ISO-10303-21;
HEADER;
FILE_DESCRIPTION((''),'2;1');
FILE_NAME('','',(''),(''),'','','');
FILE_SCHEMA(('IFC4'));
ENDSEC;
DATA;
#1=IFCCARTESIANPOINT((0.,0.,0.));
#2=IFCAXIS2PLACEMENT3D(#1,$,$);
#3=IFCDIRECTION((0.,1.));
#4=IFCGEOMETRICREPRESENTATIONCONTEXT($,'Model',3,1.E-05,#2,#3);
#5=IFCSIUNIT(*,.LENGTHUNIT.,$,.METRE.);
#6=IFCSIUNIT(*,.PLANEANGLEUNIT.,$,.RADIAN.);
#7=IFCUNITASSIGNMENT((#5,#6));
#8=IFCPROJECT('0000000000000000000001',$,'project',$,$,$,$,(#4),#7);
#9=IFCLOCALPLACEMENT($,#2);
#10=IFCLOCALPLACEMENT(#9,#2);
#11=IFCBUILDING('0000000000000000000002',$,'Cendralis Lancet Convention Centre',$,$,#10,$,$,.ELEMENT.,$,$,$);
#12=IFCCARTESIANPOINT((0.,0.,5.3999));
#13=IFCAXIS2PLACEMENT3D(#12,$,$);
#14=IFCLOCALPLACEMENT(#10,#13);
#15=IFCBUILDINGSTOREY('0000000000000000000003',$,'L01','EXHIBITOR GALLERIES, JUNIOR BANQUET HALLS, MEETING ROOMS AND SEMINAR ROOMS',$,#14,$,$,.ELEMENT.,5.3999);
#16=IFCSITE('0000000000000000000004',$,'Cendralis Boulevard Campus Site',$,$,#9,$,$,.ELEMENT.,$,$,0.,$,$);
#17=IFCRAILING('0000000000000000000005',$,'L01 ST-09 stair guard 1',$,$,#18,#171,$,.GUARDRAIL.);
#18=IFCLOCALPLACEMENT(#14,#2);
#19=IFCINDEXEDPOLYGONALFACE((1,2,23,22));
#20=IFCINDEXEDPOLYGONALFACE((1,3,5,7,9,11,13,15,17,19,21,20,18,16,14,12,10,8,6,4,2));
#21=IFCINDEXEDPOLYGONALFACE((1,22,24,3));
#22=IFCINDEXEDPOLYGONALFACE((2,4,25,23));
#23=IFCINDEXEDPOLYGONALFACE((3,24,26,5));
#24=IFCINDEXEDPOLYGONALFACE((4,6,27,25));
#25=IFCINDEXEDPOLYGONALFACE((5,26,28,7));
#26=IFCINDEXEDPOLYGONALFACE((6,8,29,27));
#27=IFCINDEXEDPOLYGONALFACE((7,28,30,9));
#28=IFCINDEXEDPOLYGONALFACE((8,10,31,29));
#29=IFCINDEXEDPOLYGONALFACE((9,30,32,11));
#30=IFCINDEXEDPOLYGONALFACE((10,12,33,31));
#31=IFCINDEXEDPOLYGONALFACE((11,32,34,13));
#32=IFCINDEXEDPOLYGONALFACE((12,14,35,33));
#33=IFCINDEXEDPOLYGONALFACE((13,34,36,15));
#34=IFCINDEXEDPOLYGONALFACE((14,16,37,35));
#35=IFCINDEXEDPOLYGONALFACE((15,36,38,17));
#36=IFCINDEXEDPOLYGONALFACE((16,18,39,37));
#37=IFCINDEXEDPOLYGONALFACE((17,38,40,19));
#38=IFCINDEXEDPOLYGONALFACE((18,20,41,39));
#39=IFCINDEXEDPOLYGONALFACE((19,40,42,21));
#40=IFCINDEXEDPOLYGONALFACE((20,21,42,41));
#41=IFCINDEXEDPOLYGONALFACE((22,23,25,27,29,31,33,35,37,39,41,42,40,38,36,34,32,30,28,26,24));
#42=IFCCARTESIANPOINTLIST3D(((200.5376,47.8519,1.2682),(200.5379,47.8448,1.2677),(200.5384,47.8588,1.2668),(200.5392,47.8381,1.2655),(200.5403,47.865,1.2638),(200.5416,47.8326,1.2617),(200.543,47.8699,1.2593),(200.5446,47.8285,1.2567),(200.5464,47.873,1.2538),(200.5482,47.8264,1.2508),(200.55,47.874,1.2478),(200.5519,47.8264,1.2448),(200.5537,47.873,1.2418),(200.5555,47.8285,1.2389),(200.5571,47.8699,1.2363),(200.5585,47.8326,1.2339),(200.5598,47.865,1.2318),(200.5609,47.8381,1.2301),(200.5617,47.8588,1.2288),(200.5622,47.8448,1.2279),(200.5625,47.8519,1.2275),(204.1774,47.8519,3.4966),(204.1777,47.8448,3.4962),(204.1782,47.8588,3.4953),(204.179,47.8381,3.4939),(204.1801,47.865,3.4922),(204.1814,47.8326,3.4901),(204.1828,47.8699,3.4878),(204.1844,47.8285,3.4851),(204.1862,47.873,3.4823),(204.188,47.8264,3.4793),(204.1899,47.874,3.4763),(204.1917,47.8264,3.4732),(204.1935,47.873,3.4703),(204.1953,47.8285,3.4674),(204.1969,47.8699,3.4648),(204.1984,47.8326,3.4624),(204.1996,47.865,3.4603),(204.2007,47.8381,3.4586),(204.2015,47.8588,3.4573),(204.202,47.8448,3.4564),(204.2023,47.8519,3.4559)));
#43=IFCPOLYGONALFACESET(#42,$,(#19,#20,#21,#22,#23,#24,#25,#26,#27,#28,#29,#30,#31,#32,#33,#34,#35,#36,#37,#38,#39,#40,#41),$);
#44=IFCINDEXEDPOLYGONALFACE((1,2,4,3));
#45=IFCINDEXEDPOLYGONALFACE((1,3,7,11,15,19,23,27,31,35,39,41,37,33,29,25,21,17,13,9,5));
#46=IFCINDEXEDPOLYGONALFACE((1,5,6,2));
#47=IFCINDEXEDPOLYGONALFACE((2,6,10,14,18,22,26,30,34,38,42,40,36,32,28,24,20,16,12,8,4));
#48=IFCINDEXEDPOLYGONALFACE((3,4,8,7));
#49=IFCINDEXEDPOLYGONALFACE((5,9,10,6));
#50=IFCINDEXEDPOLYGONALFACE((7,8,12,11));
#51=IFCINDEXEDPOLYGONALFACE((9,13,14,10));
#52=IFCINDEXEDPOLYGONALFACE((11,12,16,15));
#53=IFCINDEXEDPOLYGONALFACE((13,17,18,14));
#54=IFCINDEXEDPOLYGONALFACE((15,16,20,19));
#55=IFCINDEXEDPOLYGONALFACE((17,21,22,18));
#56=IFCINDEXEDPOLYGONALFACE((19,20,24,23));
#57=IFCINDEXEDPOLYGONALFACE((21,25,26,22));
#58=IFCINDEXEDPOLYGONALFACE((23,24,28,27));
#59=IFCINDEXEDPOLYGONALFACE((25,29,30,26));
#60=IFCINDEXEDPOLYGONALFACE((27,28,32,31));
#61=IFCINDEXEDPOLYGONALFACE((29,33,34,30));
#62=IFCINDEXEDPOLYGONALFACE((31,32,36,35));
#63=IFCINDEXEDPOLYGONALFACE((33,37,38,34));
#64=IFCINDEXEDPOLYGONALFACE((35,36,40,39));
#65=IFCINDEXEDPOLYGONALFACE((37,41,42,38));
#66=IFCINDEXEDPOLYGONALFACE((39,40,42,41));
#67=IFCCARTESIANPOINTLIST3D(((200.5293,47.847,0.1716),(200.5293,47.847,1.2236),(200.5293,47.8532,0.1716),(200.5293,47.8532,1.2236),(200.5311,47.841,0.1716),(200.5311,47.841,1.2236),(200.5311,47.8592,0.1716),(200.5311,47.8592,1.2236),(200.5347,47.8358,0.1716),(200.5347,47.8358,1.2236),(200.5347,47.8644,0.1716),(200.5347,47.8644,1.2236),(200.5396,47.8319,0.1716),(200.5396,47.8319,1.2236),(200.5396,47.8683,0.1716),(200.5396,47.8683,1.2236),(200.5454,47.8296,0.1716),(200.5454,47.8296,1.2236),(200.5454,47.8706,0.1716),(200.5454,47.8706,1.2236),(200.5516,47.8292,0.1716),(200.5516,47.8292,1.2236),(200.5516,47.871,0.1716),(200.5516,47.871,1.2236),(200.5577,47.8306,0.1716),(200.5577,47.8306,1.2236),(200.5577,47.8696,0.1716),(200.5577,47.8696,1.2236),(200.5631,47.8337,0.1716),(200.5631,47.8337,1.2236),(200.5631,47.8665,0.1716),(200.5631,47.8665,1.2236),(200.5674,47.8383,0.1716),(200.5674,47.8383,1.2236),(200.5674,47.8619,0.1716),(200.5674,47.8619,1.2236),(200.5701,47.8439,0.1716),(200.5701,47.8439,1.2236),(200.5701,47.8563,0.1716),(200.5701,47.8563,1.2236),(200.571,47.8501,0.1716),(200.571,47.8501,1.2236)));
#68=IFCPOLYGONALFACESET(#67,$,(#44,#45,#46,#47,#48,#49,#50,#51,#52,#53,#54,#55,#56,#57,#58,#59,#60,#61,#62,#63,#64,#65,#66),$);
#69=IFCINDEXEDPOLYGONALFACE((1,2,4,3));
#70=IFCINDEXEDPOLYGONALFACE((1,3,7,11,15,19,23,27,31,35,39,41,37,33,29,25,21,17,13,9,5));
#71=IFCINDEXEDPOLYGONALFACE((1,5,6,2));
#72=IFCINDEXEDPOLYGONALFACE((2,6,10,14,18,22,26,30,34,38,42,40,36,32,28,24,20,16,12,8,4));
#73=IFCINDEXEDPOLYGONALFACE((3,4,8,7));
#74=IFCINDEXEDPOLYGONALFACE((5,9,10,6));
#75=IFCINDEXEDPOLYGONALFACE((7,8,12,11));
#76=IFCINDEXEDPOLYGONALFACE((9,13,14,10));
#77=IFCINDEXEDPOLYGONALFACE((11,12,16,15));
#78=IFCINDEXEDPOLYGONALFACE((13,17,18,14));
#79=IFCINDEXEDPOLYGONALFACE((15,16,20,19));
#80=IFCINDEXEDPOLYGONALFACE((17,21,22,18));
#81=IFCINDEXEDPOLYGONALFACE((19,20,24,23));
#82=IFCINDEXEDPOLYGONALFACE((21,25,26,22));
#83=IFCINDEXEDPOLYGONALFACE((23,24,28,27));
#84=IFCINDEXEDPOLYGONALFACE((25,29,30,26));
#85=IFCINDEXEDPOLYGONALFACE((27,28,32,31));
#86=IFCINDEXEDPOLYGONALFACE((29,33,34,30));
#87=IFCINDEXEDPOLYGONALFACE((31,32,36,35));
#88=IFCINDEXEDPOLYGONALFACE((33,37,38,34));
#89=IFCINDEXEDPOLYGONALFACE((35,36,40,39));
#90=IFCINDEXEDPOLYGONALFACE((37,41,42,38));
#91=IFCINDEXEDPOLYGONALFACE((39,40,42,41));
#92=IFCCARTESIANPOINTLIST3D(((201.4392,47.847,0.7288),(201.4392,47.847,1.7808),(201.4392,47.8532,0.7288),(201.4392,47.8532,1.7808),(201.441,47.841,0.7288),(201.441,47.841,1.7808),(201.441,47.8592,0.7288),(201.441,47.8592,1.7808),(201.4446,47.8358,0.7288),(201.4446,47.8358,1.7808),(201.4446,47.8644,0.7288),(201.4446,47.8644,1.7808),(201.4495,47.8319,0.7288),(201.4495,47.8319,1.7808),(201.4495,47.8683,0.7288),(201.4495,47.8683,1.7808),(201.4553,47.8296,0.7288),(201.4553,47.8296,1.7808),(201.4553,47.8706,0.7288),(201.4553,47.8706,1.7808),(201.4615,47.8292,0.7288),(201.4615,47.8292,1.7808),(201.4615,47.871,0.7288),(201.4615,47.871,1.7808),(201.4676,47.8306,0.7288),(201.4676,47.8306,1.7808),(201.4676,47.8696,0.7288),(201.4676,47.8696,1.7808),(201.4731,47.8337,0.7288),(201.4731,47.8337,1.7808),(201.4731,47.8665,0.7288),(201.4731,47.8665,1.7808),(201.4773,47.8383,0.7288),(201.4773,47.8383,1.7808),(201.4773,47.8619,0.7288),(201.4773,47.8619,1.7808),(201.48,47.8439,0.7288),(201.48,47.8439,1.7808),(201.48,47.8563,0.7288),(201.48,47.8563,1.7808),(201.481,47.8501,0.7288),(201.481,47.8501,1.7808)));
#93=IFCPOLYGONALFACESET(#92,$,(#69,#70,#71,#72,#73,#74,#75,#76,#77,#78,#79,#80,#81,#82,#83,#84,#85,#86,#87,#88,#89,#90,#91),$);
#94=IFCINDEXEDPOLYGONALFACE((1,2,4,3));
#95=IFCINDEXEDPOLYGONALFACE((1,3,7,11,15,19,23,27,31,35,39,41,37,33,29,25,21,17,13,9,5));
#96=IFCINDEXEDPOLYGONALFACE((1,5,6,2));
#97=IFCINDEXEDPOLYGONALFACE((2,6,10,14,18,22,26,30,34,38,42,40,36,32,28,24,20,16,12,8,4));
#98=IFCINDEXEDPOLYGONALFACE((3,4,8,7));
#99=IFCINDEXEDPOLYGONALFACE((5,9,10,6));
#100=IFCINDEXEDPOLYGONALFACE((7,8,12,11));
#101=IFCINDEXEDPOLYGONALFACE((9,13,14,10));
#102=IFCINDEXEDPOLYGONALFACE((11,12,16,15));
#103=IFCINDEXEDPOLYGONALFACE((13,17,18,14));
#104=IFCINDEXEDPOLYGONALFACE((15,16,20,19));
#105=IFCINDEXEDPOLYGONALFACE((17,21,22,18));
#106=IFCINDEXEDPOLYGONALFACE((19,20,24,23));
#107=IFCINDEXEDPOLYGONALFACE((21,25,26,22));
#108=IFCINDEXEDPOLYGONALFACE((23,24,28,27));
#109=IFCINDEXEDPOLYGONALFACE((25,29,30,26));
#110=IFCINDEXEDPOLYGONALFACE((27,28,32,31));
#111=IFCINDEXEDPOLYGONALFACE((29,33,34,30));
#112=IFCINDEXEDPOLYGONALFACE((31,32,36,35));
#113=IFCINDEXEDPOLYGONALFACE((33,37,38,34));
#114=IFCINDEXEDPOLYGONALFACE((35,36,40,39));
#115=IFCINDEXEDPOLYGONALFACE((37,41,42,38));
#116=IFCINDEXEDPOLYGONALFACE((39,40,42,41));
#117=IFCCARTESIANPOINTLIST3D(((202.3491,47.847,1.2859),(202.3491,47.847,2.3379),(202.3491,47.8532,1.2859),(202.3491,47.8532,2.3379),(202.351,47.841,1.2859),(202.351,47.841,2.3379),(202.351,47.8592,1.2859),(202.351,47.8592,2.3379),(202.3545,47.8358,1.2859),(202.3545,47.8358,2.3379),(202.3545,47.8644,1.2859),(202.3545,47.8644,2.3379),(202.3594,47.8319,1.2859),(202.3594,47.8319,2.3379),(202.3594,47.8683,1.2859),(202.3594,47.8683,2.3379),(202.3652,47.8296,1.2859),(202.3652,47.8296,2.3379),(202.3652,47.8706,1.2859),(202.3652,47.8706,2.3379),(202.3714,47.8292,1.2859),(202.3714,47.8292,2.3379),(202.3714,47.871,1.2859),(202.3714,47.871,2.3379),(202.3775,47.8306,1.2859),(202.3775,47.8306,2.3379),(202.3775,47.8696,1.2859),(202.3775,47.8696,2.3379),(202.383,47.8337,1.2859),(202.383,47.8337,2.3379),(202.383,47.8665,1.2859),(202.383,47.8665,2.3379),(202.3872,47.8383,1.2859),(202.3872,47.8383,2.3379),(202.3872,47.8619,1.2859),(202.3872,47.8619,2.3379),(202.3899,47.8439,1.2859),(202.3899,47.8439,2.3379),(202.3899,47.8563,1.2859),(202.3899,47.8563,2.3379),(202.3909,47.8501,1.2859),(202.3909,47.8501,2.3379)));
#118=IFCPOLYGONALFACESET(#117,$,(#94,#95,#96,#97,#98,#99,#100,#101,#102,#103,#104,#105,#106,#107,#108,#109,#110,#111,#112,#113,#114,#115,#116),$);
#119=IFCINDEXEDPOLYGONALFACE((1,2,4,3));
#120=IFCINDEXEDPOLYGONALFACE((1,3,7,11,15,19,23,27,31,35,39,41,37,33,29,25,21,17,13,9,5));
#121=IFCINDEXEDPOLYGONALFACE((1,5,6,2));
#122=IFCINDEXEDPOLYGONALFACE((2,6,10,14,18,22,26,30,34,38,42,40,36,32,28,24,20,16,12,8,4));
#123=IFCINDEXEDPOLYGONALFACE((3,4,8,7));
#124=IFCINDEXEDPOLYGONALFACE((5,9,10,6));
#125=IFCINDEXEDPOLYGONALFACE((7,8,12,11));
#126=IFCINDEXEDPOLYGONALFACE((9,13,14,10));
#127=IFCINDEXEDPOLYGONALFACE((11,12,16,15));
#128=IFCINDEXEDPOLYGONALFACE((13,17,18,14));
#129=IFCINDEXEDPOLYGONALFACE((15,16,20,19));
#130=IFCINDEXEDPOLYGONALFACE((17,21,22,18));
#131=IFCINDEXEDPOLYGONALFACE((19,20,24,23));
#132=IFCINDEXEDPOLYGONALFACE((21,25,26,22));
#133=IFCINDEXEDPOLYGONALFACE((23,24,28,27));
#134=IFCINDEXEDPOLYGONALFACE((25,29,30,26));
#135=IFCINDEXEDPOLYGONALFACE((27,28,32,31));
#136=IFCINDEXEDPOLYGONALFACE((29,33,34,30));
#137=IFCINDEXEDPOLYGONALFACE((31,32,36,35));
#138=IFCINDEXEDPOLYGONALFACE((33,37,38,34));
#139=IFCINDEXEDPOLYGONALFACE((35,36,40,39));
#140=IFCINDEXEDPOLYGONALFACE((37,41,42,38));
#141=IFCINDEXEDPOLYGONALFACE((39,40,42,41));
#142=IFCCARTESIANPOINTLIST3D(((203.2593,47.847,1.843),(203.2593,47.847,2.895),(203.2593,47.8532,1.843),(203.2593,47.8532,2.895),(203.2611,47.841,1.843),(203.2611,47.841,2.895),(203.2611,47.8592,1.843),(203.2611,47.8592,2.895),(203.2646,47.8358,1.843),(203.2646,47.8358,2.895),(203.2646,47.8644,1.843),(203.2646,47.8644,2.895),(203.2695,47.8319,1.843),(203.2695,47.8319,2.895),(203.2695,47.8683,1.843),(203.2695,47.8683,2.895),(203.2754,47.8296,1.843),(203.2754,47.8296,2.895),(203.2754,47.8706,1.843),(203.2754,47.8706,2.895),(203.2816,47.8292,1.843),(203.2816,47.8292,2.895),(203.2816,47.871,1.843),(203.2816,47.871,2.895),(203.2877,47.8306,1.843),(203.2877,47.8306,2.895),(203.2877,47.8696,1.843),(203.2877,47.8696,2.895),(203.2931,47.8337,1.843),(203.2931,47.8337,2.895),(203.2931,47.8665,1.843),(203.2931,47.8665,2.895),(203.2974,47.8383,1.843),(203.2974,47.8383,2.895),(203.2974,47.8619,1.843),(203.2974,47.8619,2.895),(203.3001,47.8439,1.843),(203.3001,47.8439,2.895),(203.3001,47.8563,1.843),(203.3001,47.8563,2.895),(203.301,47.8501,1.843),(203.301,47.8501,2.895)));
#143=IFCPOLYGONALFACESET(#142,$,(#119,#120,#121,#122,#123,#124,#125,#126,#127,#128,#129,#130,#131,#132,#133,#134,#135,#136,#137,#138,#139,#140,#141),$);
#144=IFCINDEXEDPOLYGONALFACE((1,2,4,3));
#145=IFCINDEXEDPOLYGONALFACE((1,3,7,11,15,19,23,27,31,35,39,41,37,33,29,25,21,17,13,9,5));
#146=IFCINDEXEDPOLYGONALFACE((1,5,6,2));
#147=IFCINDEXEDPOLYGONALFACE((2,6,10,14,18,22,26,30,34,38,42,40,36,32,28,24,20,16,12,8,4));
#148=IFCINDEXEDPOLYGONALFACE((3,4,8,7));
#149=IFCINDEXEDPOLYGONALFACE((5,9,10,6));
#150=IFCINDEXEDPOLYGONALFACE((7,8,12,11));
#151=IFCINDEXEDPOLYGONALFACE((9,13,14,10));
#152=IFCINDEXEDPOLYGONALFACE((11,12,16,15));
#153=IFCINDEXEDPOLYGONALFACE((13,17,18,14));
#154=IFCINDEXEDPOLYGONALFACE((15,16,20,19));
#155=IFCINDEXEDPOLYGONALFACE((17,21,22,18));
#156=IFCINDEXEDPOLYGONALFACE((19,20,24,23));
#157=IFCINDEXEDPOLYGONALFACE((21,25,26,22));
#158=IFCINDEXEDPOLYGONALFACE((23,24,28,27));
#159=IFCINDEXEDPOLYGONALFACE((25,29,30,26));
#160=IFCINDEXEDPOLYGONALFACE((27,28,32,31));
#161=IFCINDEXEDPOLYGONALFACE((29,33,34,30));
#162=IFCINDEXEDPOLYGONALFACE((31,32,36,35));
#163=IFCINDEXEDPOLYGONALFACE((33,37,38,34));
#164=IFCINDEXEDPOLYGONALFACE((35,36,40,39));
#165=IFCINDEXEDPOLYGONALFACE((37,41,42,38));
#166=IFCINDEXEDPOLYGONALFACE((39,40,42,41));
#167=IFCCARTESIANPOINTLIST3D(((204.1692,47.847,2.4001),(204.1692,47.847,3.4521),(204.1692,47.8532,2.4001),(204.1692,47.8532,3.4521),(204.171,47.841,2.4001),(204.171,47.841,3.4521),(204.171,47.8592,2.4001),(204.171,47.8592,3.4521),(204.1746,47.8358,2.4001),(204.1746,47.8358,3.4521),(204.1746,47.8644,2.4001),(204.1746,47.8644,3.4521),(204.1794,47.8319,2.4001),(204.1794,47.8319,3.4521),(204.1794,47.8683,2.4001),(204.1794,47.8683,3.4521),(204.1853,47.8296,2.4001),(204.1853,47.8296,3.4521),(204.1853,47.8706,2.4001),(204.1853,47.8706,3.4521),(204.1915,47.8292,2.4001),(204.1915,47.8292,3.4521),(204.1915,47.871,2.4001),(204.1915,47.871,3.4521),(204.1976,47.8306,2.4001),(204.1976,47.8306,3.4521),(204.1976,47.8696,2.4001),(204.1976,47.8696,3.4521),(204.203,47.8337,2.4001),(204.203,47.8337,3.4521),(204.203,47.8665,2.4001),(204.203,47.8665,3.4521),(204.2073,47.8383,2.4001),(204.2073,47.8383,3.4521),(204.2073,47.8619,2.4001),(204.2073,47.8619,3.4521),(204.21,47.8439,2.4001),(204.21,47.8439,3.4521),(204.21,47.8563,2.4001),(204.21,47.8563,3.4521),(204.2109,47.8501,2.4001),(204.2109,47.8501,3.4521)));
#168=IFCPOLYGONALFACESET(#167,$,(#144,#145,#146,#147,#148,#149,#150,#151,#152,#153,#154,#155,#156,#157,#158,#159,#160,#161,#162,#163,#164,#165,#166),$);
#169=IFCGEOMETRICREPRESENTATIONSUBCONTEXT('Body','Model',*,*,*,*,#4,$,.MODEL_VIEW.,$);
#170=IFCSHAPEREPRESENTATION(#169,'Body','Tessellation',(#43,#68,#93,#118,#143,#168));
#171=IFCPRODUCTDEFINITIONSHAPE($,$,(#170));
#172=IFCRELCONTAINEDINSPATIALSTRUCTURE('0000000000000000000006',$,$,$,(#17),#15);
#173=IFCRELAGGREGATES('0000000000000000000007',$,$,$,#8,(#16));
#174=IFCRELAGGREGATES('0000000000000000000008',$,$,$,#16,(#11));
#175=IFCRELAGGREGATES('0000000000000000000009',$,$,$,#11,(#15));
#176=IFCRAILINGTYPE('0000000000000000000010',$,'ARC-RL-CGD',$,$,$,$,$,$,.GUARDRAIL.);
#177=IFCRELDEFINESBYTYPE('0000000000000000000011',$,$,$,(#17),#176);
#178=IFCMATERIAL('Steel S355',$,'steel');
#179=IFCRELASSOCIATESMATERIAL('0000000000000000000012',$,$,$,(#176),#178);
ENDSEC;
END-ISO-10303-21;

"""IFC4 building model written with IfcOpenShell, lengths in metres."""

from ifc_helpers import new_model, si_unit, direction, frame, origin, origin_2d, place, context, subcontext, project, spatial, circle, extrude, material, type_object, element, save


model = new_model("IFC4")

# Units and contexts
model_context = context("Model", 3, precision=1e-05, world=origin(), true_north=direction((0.0, 1.0)))
body_context = subcontext(model_context, "Body", "Model", "MODEL_VIEW")
ifc_project = project(units=[si_unit("LENGTHUNIT", "METRE"), si_unit("PLANEANGLEUNIT", "RADIAN")], contexts=[model_context])

# Site, building, storey
site_placement = place(None, origin())
site = spatial("IfcSite", under=ifc_project, at=site_placement, Name="Cendralis Boulevard Campus Site", CompositionType="ELEMENT", RefElevation=0.0)
building_placement = place(site_placement, origin())
building = spatial("IfcBuilding", under=site, at=building_placement, Name="Cendralis Lancet Convention Centre", CompositionType="ELEMENT")
storey_placement = place(building_placement, frame((0.0, 0.0, 5.3999)))
storey = spatial("IfcBuildingStorey", under=building, at=storey_placement, Name="L01", Description="EXHIBITOR GALLERIES, JUNIOR BANQUET HALLS, MEETING ROOMS AND SEMINAR ROOMS", CompositionType="ELEMENT", Elevation=5.3999)

# Shared definitions
ifc_material_1 = material(Name="Steel S355", Category="steel")

# Railing
railing_type_1 = type_object("IfcRailingType", Name="ARC-RL-CGD", PredefinedType="GUARDRAIL", material=ifc_material_1)
railing_1_placement = place(storey_placement, frame((200.55, 47.8501, 0.1716)))
element("IfcRailing", 1, at=railing_1_placement, inside=storey, type_object=railing_type_1, Name="L01 ST-09 stair guard 1", PredefinedType="GUARDRAIL", context=body_context, shape_type="SweptSolid", body=[
    extrude(circle(Radius=0.0239, at=origin_2d()), frame((0.0, 0.0, 1.0762), z_axis=(0.85285, 0.0, 0.522156), x_axis=(0.0, 1.0, 0.0)), (0.0, 0.0, 1.0), 4.2678),
    extrude(circle(Radius=0.021, at=origin_2d()), origin(), (0.0, 0.0, 1.0), 1.052),
    extrude(circle(Radius=0.021, at=origin_2d()), frame((0.9099, 0.0, 0.5571)), (0.0, 0.0, 1.0), 1.052),
    extrude(circle(Radius=0.021, at=origin_2d()), frame((1.8198, 0.0, 1.1143)), (0.0, 0.0, 1.0), 1.052),
    extrude(circle(Radius=0.021, at=origin_2d()), frame((2.73, 0.0, 1.6714)), (0.0, 0.0, 1.0), 1.052),
    extrude(circle(Radius=0.021, at=origin_2d()), frame((3.6399, 0.0, 2.2285)), (0.0, 0.0, 1.0), 1.052),
])

save(model, "model.ifc")
